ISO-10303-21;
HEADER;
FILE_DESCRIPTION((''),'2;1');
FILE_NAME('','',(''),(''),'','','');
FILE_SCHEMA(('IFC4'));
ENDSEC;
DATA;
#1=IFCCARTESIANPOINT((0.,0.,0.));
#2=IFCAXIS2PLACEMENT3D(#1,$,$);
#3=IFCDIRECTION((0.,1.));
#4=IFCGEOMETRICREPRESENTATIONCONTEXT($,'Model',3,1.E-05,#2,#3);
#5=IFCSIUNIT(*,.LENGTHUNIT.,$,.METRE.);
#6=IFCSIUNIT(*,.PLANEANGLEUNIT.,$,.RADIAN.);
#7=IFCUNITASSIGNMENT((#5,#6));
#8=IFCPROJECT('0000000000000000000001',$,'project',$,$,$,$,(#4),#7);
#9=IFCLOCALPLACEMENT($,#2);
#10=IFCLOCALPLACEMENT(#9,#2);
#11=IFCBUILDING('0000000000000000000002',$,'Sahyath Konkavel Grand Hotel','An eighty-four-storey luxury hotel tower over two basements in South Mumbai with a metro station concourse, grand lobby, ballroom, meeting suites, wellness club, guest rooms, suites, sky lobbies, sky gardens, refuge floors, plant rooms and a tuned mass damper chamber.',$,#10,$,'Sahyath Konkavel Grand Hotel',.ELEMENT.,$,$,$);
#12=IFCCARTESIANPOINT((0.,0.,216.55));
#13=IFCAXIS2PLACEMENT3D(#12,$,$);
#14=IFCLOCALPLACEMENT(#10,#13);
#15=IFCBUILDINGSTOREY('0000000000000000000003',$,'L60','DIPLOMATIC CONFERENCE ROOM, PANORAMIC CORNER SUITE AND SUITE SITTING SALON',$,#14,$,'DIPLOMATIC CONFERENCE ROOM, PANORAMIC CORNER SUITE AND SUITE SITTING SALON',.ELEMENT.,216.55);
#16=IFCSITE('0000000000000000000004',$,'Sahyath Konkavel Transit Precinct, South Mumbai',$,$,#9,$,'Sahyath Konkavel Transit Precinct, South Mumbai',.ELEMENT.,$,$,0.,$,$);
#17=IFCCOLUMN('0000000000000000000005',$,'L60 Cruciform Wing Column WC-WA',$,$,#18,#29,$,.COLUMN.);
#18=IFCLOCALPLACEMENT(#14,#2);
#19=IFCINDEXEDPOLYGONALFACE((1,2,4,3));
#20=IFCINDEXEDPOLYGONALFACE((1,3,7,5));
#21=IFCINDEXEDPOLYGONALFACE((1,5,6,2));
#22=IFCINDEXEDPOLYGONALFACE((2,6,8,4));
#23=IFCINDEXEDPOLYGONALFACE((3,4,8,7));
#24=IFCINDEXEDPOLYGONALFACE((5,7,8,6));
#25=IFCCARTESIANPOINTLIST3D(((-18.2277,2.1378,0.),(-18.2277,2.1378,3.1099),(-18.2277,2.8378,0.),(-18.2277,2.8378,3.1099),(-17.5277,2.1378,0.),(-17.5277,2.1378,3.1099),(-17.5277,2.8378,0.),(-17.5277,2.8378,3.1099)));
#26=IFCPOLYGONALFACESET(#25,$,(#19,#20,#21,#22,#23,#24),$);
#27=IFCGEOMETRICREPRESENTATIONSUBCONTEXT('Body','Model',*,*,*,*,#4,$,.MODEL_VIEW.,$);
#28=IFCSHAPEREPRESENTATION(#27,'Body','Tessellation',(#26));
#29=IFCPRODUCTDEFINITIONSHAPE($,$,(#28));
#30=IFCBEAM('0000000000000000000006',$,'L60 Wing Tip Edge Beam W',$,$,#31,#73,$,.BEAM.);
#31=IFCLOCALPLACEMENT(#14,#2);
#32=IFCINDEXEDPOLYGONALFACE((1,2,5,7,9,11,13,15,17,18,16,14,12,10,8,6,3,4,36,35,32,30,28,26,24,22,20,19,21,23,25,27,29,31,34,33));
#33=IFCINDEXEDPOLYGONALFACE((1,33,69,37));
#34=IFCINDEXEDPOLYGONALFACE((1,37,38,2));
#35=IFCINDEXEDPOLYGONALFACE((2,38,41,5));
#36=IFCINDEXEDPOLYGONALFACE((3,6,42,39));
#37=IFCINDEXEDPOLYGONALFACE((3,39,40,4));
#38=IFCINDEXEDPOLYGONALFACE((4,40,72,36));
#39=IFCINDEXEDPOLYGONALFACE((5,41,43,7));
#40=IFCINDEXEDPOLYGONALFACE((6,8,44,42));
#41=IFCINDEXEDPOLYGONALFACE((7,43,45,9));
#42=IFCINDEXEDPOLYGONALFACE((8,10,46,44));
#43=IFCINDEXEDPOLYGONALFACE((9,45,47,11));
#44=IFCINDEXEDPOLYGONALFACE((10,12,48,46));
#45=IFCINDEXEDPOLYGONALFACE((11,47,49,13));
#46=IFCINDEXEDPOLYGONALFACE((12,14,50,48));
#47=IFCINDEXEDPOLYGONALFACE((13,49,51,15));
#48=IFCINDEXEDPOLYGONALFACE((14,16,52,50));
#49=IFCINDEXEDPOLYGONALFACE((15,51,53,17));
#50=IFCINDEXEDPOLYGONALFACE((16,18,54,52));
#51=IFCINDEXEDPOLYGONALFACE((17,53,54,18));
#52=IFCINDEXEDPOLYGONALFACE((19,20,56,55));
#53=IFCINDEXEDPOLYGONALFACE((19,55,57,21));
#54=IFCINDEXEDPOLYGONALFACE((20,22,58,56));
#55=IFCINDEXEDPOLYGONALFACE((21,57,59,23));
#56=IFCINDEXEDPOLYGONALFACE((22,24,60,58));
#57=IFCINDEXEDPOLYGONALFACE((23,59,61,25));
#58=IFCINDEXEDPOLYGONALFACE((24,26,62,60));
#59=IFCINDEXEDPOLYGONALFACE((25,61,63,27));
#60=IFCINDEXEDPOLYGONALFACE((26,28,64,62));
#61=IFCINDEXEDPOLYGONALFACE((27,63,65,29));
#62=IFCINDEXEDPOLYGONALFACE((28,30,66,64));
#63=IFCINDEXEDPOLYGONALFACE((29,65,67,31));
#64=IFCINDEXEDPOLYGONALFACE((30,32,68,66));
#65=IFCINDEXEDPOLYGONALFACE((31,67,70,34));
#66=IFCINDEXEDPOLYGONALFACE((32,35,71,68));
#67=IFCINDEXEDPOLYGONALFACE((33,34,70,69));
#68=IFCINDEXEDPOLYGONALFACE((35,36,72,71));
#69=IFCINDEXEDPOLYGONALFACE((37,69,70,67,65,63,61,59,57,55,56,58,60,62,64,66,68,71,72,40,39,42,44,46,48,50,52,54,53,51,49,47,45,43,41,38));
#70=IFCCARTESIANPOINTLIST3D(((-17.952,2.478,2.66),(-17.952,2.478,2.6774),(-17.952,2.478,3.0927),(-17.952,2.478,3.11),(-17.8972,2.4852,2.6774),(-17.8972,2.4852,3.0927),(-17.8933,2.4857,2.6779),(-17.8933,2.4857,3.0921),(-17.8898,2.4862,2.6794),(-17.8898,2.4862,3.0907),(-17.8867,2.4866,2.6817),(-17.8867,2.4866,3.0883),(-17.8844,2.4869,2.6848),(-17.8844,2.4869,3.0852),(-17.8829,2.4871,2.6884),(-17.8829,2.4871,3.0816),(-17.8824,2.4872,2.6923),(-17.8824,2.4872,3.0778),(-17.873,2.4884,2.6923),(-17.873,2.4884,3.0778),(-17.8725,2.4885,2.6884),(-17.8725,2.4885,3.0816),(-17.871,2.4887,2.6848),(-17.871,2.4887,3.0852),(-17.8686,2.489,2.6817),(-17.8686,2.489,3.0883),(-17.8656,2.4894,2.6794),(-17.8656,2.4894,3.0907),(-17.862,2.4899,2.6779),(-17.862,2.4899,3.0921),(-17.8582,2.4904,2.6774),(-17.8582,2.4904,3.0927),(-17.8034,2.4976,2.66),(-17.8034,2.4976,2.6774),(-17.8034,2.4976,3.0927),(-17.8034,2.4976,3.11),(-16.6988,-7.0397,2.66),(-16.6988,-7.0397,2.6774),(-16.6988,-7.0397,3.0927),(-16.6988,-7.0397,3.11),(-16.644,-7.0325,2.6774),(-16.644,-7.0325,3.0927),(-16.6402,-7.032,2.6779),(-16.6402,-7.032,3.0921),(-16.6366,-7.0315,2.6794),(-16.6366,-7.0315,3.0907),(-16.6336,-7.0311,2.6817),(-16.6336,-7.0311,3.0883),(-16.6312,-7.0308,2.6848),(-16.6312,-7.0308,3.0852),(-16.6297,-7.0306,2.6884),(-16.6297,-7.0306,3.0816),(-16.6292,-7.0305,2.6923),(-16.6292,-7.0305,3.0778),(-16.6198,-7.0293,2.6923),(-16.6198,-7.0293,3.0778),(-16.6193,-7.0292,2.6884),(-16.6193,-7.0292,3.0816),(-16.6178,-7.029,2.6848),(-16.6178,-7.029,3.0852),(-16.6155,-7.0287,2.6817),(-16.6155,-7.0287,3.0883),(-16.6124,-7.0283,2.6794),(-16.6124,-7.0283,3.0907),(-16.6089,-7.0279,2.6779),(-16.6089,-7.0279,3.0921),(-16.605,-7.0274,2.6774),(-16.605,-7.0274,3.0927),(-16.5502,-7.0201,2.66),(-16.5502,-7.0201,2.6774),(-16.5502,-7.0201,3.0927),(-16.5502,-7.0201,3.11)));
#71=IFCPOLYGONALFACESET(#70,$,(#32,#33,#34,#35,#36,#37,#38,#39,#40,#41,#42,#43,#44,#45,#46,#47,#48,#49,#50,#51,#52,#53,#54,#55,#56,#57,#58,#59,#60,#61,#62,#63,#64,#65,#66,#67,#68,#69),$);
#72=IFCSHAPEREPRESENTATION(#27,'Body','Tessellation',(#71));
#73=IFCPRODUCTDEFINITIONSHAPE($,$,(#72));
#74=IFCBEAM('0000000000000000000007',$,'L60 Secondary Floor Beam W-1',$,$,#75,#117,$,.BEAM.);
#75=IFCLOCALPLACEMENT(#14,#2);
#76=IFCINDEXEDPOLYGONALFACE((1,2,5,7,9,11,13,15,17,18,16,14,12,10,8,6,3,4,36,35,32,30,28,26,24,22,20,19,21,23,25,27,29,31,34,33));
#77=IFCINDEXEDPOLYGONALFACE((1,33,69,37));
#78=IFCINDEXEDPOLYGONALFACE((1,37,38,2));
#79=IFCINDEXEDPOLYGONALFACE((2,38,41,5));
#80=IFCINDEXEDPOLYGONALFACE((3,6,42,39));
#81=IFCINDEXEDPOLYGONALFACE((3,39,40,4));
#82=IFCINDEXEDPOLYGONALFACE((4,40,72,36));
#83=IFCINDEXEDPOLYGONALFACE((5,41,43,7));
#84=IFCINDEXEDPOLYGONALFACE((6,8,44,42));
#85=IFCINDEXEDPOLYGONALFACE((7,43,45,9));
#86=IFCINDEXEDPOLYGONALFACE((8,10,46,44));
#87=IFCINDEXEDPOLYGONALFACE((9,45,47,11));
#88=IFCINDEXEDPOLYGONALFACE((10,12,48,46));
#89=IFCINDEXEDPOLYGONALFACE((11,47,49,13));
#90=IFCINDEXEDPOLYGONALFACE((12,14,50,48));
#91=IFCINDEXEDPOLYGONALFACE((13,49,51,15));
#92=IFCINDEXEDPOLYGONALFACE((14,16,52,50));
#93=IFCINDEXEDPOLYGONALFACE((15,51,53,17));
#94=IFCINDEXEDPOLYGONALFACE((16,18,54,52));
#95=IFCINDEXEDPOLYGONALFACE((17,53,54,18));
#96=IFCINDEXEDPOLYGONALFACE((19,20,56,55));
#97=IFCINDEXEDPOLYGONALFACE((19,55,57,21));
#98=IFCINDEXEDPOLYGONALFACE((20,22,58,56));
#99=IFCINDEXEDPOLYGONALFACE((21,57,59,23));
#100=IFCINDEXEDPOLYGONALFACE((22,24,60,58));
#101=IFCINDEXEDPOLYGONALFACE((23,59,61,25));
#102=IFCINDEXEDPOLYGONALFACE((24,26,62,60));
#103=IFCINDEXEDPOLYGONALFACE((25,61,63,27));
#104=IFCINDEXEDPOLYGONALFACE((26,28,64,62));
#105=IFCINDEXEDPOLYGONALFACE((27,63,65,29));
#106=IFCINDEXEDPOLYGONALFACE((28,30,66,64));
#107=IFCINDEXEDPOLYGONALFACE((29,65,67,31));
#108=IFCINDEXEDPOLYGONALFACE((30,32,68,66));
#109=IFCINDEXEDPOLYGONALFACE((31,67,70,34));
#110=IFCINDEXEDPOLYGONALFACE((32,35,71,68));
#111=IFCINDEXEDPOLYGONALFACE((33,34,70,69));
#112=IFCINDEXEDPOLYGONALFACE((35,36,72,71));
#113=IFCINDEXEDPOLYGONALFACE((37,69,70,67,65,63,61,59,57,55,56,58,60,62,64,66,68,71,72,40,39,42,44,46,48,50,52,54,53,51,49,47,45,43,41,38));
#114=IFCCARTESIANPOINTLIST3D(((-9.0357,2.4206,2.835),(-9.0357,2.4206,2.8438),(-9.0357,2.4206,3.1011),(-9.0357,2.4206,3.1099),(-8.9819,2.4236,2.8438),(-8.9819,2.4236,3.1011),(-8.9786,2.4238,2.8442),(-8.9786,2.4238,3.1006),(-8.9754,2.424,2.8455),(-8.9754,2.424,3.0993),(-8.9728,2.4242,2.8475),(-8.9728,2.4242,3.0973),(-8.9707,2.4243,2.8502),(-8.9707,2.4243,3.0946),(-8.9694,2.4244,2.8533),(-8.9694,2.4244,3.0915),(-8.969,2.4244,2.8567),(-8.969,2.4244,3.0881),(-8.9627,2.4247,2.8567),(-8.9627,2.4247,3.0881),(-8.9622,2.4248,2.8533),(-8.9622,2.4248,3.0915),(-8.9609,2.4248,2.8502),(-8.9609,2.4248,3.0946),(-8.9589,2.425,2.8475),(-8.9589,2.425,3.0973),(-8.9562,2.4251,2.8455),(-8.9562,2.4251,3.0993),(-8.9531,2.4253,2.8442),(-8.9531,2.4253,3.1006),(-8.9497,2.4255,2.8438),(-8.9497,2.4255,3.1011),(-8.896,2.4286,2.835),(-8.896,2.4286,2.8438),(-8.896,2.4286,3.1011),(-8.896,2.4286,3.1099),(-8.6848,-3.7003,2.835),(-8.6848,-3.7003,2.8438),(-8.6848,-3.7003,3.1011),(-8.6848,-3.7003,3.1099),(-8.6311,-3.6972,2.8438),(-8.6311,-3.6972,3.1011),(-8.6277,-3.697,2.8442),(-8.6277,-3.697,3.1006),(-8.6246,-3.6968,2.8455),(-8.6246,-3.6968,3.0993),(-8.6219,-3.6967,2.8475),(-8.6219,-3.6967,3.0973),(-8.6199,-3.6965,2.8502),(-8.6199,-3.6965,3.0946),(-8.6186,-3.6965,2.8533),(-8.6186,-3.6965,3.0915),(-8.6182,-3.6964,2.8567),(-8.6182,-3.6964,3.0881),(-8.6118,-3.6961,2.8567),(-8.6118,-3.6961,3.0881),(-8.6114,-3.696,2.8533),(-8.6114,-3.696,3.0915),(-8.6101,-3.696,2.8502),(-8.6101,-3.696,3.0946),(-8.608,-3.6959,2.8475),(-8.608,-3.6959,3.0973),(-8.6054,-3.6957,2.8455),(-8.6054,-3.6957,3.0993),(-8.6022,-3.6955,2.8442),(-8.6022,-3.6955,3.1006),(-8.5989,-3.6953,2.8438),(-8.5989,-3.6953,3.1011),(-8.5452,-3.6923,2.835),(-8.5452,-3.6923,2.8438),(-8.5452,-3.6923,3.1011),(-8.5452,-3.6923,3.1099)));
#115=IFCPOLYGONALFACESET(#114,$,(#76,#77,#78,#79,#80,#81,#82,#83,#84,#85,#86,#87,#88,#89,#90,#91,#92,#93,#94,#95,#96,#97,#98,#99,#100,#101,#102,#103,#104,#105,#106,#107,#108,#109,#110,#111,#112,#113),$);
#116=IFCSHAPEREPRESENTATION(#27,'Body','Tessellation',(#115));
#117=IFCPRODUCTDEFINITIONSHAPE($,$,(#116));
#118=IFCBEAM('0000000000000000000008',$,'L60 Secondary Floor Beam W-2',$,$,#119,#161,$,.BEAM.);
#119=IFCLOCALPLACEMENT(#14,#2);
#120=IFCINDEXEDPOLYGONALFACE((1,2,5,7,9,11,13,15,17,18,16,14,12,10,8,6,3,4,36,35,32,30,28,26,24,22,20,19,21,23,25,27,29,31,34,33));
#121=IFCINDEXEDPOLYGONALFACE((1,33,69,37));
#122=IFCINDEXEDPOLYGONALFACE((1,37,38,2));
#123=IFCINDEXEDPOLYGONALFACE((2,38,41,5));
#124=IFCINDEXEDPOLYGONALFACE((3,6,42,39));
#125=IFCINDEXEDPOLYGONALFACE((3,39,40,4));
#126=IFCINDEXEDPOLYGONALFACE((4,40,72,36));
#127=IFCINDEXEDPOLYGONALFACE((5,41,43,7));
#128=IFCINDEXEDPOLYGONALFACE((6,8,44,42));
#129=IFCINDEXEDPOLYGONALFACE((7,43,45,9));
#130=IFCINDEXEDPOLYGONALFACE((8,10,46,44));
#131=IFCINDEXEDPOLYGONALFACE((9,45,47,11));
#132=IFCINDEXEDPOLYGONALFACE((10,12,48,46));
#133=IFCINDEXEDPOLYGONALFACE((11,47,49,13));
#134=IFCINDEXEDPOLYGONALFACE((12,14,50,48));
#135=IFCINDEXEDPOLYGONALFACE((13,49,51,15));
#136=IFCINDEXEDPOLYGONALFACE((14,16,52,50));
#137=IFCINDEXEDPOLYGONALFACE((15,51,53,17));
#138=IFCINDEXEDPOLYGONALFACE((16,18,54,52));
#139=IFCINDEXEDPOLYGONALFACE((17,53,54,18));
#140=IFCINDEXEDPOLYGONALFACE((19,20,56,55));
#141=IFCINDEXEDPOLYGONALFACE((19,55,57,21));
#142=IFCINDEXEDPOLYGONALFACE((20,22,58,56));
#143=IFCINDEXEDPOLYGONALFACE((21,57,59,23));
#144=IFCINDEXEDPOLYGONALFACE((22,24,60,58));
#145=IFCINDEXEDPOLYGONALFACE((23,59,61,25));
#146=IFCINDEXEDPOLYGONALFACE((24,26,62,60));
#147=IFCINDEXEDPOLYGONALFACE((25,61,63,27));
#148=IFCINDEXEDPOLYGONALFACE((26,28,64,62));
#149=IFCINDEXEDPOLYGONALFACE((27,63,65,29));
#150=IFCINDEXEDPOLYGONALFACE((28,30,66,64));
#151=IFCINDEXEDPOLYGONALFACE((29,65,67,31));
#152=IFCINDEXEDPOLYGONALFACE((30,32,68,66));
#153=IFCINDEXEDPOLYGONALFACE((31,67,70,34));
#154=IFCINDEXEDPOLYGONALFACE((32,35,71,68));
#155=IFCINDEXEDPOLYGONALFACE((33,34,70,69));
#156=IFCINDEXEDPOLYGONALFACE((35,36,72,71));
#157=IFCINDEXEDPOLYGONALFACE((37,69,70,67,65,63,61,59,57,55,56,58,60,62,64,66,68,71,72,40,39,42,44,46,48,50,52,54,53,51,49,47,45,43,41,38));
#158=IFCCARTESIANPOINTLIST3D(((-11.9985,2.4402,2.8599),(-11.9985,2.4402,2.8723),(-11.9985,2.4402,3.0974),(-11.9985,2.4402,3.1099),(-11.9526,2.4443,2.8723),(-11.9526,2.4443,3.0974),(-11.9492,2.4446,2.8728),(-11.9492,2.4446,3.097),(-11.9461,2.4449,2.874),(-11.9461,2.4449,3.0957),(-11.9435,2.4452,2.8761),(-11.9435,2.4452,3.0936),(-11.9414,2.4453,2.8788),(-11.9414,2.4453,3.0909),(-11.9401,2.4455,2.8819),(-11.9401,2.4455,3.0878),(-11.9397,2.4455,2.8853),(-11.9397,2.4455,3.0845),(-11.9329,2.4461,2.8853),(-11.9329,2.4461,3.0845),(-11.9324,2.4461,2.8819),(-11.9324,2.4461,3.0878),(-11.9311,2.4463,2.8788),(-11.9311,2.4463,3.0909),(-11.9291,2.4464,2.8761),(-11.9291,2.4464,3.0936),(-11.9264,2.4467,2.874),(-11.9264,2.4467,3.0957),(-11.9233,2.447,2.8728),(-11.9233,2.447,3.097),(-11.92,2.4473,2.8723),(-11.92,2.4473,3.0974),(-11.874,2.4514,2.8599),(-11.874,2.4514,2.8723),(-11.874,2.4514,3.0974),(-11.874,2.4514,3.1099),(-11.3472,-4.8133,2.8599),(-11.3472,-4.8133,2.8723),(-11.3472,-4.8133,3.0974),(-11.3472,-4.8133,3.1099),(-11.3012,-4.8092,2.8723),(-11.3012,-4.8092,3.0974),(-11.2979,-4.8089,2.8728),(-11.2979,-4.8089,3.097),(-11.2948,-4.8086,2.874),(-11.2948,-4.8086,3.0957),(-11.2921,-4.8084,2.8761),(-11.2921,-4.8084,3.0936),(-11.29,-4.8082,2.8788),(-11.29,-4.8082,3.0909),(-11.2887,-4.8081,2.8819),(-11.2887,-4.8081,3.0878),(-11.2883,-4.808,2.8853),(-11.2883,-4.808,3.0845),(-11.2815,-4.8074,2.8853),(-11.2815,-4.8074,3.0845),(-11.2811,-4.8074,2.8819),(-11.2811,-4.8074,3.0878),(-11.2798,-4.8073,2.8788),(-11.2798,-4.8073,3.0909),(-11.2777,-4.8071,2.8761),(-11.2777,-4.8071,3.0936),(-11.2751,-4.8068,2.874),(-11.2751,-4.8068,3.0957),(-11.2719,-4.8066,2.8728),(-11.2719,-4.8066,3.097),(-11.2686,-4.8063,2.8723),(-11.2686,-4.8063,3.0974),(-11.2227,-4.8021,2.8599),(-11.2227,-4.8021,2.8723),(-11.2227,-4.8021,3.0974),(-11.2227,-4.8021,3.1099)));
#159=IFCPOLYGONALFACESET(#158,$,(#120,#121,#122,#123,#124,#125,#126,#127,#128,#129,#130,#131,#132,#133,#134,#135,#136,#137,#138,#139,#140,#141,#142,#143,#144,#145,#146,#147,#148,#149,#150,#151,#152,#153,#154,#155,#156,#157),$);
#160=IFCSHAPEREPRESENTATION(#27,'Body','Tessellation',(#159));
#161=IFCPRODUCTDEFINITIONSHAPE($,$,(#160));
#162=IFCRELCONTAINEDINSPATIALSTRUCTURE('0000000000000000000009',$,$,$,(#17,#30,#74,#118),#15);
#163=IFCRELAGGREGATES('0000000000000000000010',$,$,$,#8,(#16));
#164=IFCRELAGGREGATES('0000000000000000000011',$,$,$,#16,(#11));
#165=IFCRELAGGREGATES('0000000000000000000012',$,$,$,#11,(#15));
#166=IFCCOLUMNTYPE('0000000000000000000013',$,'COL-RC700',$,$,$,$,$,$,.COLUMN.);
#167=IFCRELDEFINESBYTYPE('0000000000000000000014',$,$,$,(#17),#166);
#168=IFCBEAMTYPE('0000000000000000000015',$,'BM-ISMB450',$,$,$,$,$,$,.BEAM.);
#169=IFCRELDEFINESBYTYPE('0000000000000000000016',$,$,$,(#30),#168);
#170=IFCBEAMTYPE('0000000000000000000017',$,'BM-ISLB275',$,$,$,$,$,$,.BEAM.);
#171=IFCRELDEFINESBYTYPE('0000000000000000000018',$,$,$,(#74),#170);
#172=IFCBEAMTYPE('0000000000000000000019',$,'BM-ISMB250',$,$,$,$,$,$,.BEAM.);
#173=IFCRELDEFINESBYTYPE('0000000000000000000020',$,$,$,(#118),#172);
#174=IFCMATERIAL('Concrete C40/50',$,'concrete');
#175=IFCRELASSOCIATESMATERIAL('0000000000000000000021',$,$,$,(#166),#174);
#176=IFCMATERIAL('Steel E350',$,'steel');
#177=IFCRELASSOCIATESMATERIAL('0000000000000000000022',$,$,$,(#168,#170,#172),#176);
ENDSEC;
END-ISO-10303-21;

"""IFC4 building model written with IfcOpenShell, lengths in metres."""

from ifc_helpers import new_model, si_unit, direction, frame, origin, origin_2d, place, context, subcontext, project, spatial, rectangle, i_section, extrude, source, transform, mapped, material, material_profile, profile_set, type_object, element, save


model = new_model("IFC4")

# Units and contexts
model_context = context("Model", 3, precision=1e-05, world=origin(), true_north=direction((0.0, 1.0)))
body_context = subcontext(model_context, "Body", "Model", "MODEL_VIEW")
ifc_project = project(units=[si_unit("LENGTHUNIT", "METRE"), si_unit("PLANEANGLEUNIT", "RADIAN")], contexts=[model_context])

# Site, building, storey
site_placement = place(None, origin())
site = spatial("IfcSite", under=ifc_project, at=site_placement, Name="Sahyath Konkavel Transit Precinct, South Mumbai", LongName="Sahyath Konkavel Transit Precinct, South Mumbai", CompositionType="ELEMENT", RefElevation=0.0)
building_placement = place(site_placement, origin())
building = spatial("IfcBuilding", under=site, at=building_placement, Name="Sahyath Konkavel Grand Hotel", Description="An eighty-four-storey luxury hotel tower over two basements in South Mumbai with a metro station concourse, grand lobby, ballroom, meeting suites, wellness club, guest rooms, suites, sky lobbies, sky gardens, refuge floors, plant rooms and a tuned mass damper chamber.", LongName="Sahyath Konkavel Grand Hotel", CompositionType="ELEMENT")
storey_placement = place(building_placement, frame((0.0, 0.0, 216.55)))
storey = spatial("IfcBuildingStorey", under=building, at=storey_placement, Name="L60", Description="DIPLOMATIC CONFERENCE ROOM, PANORAMIC CORNER SUITE AND SUITE SITTING SALON", LongName="DIPLOMATIC CONFERENCE ROOM, PANORAMIC CORNER SUITE AND SUITE SITTING SALON", CompositionType="ELEMENT", Elevation=216.55)

# Column
ifc_material_1 = material(Name="Concrete C40/50", Category="concrete")
ifc_material_profile_1 = material_profile(ifc_material_1, rectangle(XDim=0.7, YDim=0.7, at=origin_2d()), Name="RC 700x700")
ifc_profile_set_1 = profile_set([ifc_material_profile_1], Name="Concrete C40/50")
column_type = type_object("IfcColumnType", Name="COL-RC700", PredefinedType="COLUMN", material=ifc_profile_set_1)
shared_shape_1 = source(origin(), body_context, "Body", "SweptSolid", [
    extrude(rectangle(XDim=0.7, YDim=0.7, at=origin_2d()), origin(), (0.0, 0.0, 1.0), 3.1099),
])
column_placement = place(storey_placement, frame((-17.8777, 2.4878, 0.0), z_axis=(0.0, 0.0, 1.0), x_axis=(1.0, 0.0, 0.0)))
element("IfcColumn", 1, at=column_placement, inside=storey, type_object=column_type, Name="L60 Cruciform Wing Column WC-WA", PredefinedType="COLUMN", context=body_context, shape_type="MappedRepresentation", body=[
    mapped(shared_shape_1, transform((0.0, 0.0, 0.0), scale=1.0)),
])

# Beams
ifc_material_2 = material(Name="Steel E350", Category="steel")
ifc_material_profile_2 = material_profile(ifc_material_2, i_section(OverallWidth=0.1499, OverallDepth=0.45, WebThickness=0.0095, FlangeThickness=0.0173, FilletRadius=0.0149, at=origin_2d()), Name="ISMB 450")
ifc_profile_set_2 = profile_set([ifc_material_profile_2], Name="Steel E350")
beam_type_1 = type_object("IfcBeamType", Name="BM-ISMB450", PredefinedType="BEAM", material=ifc_profile_set_2)
shared_shape_2 = source(origin(), body_context, "Body", "SweptSolid", [
    extrude(i_section(OverallWidth=0.1499, OverallDepth=0.45, WebThickness=0.0095, FlangeThickness=0.0173, FilletRadius=0.0149, at=origin_2d()), origin(), (0.0, 0.0, 1.0), 9.5999),
])
beam_1_placement = place(storey_placement, frame((-17.8777, 2.4878, 2.885), z_axis=(0.130539, -0.991443, 0.0), x_axis=(0.991443, 0.130539, 0.0)))
element("IfcBeam", 2, at=beam_1_placement, inside=storey, type_object=beam_type_1, Name="L60 Wing Tip Edge Beam W", PredefinedType="BEAM", context=body_context, shape_type="MappedRepresentation", body=[
    mapped(shared_shape_2, transform((0.0, 0.0, 0.0), scale=1.0)),
])
ifc_material_profile_3 = material_profile(ifc_material_2, i_section(OverallWidth=0.1399, OverallDepth=0.2749, WebThickness=0.0063, FlangeThickness=0.0088, FilletRadius=0.0129, at=origin_2d()), Name="ISLB 275")
ifc_profile_set_3 = profile_set([ifc_material_profile_3], Name="Steel E350")
beam_type_2 = type_object("IfcBeamType", Name="BM-ISLB275", PredefinedType="BEAM", material=ifc_profile_set_3)
shared_shape_3 = source(origin(), body_context, "Body", "SweptSolid", [
    extrude(i_section(OverallWidth=0.1399, OverallDepth=0.2749, WebThickness=0.0063, FlangeThickness=0.0088, FilletRadius=0.0129, at=origin_2d()), origin(), (0.0, 0.0, 1.0), 6.1309),
])
beam_2_placement = place(storey_placement, frame((-8.9658, 2.4246, 2.9724), z_axis=(0.057223, -0.998361, 0.0), x_axis=(0.998361, 0.057223, 0.0)))
element("IfcBeam", 3, at=beam_2_placement, inside=storey, type_object=beam_type_2, Name="L60 Secondary Floor Beam W-1", PredefinedType="BEAM", context=body_context, shape_type="MappedRepresentation", body=[
    mapped(shared_shape_3, transform((0.0, 0.0, 0.0), scale=1.0)),
])
ifc_material_profile_4 = material_profile(ifc_material_2, i_section(OverallWidth=0.125, OverallDepth=0.25, WebThickness=0.0068, FlangeThickness=0.0125, FilletRadius=0.0129, at=origin_2d()), Name="ISMB 250")
ifc_profile_set_4 = profile_set([ifc_material_profile_4], Name="Steel E350")
beam_type_3 = type_object("IfcBeamType", Name="BM-ISMB250", PredefinedType="BEAM", material=ifc_profile_set_4)
shared_shape_4 = source(origin(), body_context, "Body", "SweptSolid", [
    extrude(i_section(OverallWidth=0.125, OverallDepth=0.25, WebThickness=0.0068, FlangeThickness=0.0125, FilletRadius=0.0129, at=origin_2d()), origin(), (0.0, 0.0, 1.0), 7.2827),
])
beam_3_placement = place(storey_placement, frame((-11.9363, 2.4458, 2.9849), z_axis=(0.089441, -0.995992, 0.0), x_axis=(0.995992, 0.089441, 0.0)))
element("IfcBeam", 4, at=beam_3_placement, inside=storey, type_object=beam_type_3, Name="L60 Secondary Floor Beam W-2", PredefinedType="BEAM", context=body_context, shape_type="MappedRepresentation", body=[
    mapped(shared_shape_4, transform((0.0, 0.0, 0.0), scale=1.0)),
])

save(model, "model.ifc")
